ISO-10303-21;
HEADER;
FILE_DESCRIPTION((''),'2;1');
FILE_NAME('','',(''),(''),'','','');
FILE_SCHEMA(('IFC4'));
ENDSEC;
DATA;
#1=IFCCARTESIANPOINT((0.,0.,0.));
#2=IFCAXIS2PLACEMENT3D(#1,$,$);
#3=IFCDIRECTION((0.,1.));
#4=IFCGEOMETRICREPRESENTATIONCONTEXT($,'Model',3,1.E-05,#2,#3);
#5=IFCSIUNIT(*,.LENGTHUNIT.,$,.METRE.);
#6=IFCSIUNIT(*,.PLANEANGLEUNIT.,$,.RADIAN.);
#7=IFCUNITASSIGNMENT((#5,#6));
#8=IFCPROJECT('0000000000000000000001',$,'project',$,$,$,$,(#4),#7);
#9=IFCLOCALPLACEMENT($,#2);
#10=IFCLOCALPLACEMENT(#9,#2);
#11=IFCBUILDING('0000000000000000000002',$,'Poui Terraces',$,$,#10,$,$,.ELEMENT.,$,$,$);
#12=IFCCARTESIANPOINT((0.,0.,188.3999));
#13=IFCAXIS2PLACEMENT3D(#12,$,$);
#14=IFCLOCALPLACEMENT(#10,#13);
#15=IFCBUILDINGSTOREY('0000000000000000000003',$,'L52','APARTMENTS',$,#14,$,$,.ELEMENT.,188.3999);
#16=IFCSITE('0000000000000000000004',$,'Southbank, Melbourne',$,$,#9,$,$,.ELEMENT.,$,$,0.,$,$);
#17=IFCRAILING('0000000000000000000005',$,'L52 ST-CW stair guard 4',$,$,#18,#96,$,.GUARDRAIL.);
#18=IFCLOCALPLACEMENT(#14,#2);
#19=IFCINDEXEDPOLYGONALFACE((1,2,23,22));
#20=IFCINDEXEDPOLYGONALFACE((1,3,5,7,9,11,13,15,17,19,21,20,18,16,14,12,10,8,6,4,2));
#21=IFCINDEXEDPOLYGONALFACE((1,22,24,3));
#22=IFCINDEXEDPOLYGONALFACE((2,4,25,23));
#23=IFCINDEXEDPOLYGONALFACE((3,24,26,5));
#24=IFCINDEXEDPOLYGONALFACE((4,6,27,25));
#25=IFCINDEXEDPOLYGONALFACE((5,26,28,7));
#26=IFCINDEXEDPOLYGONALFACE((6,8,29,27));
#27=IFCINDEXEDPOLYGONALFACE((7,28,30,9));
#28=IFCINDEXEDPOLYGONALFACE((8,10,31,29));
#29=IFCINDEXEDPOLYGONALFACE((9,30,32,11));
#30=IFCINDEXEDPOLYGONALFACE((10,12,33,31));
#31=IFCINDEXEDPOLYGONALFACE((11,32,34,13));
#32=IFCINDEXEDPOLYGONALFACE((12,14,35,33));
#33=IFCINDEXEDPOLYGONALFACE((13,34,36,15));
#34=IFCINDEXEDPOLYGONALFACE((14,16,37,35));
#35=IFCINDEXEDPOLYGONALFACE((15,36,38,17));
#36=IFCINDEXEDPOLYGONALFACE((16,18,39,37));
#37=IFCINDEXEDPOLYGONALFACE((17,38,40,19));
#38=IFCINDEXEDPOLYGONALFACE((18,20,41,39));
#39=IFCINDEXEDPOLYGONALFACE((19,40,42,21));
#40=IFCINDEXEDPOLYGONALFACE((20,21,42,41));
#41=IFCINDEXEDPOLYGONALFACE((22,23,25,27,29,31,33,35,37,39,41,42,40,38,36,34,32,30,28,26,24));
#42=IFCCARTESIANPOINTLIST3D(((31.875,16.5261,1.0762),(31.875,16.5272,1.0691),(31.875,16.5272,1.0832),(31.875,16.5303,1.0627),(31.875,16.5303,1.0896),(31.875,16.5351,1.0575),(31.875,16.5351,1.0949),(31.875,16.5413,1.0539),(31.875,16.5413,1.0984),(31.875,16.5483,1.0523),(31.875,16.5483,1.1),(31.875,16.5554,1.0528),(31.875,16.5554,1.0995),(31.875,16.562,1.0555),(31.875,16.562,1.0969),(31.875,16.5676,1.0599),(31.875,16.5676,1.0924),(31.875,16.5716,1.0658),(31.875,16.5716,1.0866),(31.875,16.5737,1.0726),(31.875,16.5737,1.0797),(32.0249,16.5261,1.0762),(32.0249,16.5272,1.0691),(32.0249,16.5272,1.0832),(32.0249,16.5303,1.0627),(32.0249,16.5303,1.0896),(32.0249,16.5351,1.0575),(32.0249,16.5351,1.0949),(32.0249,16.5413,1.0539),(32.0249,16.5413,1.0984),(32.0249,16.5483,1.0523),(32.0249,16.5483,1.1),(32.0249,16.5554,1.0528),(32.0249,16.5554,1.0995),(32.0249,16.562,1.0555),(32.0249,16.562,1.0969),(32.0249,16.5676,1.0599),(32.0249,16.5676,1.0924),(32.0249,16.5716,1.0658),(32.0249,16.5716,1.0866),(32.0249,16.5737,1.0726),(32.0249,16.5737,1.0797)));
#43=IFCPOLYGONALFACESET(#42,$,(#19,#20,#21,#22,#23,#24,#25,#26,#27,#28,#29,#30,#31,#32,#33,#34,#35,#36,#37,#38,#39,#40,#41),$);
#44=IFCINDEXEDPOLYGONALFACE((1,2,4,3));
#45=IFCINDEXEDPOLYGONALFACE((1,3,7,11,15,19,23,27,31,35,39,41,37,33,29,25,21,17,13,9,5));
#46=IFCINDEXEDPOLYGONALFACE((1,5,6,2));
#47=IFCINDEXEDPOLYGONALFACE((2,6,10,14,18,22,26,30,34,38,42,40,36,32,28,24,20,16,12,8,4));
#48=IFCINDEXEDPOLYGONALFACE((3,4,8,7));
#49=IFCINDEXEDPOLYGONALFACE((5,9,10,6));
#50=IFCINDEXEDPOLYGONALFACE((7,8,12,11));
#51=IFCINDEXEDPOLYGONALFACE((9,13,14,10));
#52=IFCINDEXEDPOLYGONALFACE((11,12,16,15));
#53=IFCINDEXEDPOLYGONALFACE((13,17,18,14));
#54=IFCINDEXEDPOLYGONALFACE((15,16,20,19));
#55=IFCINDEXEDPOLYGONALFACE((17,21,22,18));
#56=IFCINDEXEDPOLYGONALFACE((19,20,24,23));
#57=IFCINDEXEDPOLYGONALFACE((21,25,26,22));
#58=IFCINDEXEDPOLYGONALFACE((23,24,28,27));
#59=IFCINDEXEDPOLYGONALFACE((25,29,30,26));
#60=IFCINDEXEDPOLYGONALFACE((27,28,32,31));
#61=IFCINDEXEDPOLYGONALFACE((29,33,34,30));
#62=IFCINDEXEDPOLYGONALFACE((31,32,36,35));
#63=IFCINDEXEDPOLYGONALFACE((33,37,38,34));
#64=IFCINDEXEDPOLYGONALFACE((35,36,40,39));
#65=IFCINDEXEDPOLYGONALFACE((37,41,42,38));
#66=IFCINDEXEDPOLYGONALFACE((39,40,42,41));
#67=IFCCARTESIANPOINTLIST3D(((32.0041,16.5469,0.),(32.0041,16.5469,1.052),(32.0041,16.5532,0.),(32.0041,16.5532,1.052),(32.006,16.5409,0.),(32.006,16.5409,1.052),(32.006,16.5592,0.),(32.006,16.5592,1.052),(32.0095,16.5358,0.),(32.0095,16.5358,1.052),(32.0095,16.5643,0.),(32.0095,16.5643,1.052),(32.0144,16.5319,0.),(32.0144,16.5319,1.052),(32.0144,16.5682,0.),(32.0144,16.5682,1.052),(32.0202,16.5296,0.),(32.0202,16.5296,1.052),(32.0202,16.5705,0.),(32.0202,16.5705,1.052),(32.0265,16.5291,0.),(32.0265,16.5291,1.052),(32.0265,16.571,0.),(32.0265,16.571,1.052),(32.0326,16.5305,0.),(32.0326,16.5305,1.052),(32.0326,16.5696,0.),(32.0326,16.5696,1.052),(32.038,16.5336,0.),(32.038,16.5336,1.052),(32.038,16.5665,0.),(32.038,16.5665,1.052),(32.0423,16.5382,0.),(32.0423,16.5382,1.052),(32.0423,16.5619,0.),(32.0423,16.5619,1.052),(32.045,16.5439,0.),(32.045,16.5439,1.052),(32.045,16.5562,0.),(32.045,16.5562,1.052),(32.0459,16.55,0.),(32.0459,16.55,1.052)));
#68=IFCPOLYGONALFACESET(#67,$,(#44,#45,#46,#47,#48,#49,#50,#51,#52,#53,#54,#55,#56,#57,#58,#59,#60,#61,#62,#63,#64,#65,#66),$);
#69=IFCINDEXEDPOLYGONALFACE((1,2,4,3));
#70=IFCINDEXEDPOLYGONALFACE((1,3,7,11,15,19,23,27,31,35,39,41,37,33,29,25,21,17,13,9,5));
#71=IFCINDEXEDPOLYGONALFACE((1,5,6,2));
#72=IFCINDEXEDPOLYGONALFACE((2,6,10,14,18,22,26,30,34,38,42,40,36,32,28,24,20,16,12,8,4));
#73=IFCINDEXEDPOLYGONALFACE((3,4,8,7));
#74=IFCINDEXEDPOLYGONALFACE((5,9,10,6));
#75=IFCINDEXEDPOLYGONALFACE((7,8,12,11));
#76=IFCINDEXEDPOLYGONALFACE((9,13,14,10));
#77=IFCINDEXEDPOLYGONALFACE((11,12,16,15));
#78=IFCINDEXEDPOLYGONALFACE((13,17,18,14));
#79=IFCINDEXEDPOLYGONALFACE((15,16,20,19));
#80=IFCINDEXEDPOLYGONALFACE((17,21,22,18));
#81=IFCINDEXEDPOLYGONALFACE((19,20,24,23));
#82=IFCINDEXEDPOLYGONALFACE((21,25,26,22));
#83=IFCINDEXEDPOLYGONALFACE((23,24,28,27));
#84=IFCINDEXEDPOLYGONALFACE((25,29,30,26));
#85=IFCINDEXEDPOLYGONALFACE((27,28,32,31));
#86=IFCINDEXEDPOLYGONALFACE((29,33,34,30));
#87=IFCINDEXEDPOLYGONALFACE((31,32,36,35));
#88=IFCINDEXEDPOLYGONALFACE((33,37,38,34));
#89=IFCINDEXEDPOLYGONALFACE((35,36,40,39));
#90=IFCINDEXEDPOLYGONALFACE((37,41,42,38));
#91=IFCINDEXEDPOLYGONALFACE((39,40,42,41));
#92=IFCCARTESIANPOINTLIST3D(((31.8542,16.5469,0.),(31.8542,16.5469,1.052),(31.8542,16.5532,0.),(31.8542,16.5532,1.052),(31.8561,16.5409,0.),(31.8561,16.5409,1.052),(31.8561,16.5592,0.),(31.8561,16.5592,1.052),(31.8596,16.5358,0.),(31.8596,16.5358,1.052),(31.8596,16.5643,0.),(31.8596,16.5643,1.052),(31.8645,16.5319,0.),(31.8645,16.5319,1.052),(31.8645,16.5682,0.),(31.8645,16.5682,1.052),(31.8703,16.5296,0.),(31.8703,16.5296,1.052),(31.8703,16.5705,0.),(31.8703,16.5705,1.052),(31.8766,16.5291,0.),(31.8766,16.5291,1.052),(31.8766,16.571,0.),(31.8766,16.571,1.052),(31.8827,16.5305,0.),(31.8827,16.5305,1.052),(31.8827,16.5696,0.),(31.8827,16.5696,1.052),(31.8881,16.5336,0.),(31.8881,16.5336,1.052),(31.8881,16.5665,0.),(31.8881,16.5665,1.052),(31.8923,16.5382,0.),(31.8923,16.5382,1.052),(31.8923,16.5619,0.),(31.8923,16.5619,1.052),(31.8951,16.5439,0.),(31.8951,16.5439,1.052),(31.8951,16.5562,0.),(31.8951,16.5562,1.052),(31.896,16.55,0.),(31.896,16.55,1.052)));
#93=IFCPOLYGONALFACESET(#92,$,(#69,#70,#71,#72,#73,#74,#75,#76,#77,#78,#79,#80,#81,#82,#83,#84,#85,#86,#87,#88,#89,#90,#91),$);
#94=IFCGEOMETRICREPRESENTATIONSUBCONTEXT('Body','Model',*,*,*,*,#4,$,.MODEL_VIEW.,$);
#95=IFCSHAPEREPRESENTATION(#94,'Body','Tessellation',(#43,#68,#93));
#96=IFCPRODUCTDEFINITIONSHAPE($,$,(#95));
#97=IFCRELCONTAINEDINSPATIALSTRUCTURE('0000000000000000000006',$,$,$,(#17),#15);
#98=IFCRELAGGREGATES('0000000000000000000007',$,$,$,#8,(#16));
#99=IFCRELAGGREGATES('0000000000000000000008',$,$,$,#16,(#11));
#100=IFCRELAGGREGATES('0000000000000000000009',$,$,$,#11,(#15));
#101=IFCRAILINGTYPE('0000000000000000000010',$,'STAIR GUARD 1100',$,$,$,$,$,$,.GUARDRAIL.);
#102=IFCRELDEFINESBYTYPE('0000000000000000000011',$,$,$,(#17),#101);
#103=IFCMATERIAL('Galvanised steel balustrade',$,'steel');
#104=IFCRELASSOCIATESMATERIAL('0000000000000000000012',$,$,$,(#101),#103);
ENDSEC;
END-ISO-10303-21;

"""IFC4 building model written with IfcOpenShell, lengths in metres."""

from ifc_helpers import new_model, si_unit, direction, frame, origin, origin_2d, place, context, subcontext, project, spatial, circle, extrude, material, type_object, element, save


model = new_model("IFC4")

# Units and contexts
model_context = context("Model", 3, precision=1e-05, world=origin(), true_north=direction((0.0, 1.0)))
body_context = subcontext(model_context, "Body", "Model", "MODEL_VIEW")
ifc_project = project(units=[si_unit("LENGTHUNIT", "METRE"), si_unit("PLANEANGLEUNIT", "RADIAN")], contexts=[model_context])

# Site, building, storey
site_placement = place(None, origin())
site = spatial("IfcSite", under=ifc_project, at=site_placement, Name="Southbank, Melbourne", CompositionType="ELEMENT", RefElevation=0.0)
building_placement = place(site_placement, origin())
building = spatial("IfcBuilding", under=site, at=building_placement, Name="Poui Terraces", CompositionType="ELEMENT")
storey_placement = place(building_placement, frame((0.0, 0.0, 188.3999)))
storey = spatial("IfcBuildingStorey", under=building, at=storey_placement, Name="L52", Description="APARTMENTS", CompositionType="ELEMENT", Elevation=188.3999)

# Railing
ifc_material_1 = material(Name="Galvanised steel balustrade", Category="steel")
railing_type_1 = type_object("IfcRailingType", Name="STAIR GUARD 1100", PredefinedType="GUARDRAIL", material=ifc_material_1)
railing_1_placement = place(storey_placement, frame((32.0249, 16.55, 0.0)))
element("IfcRailing", 1, at=railing_1_placement, inside=storey, type_object=railing_type_1, Name="L52 ST-CW stair guard 4", PredefinedType="GUARDRAIL", context=body_context, shape_type="SweptSolid", body=[
    extrude(circle(Radius=0.0239, at=origin_2d()), frame((0.0, 0.0, 1.0762), z_axis=(-1.0, 0.0, 0.0), x_axis=(0.0, -1.0, 0.0)), (0.0, 0.0, 1.0), 0.1499),
    extrude(circle(Radius=0.021, at=origin_2d()), origin(), (0.0, 0.0, 1.0), 1.052),
    extrude(circle(Radius=0.021, at=origin_2d()), frame((-0.1499, 0.0, 0.0)), (0.0, 0.0, 1.0), 1.052),
])

save(model, "model.ifc")
